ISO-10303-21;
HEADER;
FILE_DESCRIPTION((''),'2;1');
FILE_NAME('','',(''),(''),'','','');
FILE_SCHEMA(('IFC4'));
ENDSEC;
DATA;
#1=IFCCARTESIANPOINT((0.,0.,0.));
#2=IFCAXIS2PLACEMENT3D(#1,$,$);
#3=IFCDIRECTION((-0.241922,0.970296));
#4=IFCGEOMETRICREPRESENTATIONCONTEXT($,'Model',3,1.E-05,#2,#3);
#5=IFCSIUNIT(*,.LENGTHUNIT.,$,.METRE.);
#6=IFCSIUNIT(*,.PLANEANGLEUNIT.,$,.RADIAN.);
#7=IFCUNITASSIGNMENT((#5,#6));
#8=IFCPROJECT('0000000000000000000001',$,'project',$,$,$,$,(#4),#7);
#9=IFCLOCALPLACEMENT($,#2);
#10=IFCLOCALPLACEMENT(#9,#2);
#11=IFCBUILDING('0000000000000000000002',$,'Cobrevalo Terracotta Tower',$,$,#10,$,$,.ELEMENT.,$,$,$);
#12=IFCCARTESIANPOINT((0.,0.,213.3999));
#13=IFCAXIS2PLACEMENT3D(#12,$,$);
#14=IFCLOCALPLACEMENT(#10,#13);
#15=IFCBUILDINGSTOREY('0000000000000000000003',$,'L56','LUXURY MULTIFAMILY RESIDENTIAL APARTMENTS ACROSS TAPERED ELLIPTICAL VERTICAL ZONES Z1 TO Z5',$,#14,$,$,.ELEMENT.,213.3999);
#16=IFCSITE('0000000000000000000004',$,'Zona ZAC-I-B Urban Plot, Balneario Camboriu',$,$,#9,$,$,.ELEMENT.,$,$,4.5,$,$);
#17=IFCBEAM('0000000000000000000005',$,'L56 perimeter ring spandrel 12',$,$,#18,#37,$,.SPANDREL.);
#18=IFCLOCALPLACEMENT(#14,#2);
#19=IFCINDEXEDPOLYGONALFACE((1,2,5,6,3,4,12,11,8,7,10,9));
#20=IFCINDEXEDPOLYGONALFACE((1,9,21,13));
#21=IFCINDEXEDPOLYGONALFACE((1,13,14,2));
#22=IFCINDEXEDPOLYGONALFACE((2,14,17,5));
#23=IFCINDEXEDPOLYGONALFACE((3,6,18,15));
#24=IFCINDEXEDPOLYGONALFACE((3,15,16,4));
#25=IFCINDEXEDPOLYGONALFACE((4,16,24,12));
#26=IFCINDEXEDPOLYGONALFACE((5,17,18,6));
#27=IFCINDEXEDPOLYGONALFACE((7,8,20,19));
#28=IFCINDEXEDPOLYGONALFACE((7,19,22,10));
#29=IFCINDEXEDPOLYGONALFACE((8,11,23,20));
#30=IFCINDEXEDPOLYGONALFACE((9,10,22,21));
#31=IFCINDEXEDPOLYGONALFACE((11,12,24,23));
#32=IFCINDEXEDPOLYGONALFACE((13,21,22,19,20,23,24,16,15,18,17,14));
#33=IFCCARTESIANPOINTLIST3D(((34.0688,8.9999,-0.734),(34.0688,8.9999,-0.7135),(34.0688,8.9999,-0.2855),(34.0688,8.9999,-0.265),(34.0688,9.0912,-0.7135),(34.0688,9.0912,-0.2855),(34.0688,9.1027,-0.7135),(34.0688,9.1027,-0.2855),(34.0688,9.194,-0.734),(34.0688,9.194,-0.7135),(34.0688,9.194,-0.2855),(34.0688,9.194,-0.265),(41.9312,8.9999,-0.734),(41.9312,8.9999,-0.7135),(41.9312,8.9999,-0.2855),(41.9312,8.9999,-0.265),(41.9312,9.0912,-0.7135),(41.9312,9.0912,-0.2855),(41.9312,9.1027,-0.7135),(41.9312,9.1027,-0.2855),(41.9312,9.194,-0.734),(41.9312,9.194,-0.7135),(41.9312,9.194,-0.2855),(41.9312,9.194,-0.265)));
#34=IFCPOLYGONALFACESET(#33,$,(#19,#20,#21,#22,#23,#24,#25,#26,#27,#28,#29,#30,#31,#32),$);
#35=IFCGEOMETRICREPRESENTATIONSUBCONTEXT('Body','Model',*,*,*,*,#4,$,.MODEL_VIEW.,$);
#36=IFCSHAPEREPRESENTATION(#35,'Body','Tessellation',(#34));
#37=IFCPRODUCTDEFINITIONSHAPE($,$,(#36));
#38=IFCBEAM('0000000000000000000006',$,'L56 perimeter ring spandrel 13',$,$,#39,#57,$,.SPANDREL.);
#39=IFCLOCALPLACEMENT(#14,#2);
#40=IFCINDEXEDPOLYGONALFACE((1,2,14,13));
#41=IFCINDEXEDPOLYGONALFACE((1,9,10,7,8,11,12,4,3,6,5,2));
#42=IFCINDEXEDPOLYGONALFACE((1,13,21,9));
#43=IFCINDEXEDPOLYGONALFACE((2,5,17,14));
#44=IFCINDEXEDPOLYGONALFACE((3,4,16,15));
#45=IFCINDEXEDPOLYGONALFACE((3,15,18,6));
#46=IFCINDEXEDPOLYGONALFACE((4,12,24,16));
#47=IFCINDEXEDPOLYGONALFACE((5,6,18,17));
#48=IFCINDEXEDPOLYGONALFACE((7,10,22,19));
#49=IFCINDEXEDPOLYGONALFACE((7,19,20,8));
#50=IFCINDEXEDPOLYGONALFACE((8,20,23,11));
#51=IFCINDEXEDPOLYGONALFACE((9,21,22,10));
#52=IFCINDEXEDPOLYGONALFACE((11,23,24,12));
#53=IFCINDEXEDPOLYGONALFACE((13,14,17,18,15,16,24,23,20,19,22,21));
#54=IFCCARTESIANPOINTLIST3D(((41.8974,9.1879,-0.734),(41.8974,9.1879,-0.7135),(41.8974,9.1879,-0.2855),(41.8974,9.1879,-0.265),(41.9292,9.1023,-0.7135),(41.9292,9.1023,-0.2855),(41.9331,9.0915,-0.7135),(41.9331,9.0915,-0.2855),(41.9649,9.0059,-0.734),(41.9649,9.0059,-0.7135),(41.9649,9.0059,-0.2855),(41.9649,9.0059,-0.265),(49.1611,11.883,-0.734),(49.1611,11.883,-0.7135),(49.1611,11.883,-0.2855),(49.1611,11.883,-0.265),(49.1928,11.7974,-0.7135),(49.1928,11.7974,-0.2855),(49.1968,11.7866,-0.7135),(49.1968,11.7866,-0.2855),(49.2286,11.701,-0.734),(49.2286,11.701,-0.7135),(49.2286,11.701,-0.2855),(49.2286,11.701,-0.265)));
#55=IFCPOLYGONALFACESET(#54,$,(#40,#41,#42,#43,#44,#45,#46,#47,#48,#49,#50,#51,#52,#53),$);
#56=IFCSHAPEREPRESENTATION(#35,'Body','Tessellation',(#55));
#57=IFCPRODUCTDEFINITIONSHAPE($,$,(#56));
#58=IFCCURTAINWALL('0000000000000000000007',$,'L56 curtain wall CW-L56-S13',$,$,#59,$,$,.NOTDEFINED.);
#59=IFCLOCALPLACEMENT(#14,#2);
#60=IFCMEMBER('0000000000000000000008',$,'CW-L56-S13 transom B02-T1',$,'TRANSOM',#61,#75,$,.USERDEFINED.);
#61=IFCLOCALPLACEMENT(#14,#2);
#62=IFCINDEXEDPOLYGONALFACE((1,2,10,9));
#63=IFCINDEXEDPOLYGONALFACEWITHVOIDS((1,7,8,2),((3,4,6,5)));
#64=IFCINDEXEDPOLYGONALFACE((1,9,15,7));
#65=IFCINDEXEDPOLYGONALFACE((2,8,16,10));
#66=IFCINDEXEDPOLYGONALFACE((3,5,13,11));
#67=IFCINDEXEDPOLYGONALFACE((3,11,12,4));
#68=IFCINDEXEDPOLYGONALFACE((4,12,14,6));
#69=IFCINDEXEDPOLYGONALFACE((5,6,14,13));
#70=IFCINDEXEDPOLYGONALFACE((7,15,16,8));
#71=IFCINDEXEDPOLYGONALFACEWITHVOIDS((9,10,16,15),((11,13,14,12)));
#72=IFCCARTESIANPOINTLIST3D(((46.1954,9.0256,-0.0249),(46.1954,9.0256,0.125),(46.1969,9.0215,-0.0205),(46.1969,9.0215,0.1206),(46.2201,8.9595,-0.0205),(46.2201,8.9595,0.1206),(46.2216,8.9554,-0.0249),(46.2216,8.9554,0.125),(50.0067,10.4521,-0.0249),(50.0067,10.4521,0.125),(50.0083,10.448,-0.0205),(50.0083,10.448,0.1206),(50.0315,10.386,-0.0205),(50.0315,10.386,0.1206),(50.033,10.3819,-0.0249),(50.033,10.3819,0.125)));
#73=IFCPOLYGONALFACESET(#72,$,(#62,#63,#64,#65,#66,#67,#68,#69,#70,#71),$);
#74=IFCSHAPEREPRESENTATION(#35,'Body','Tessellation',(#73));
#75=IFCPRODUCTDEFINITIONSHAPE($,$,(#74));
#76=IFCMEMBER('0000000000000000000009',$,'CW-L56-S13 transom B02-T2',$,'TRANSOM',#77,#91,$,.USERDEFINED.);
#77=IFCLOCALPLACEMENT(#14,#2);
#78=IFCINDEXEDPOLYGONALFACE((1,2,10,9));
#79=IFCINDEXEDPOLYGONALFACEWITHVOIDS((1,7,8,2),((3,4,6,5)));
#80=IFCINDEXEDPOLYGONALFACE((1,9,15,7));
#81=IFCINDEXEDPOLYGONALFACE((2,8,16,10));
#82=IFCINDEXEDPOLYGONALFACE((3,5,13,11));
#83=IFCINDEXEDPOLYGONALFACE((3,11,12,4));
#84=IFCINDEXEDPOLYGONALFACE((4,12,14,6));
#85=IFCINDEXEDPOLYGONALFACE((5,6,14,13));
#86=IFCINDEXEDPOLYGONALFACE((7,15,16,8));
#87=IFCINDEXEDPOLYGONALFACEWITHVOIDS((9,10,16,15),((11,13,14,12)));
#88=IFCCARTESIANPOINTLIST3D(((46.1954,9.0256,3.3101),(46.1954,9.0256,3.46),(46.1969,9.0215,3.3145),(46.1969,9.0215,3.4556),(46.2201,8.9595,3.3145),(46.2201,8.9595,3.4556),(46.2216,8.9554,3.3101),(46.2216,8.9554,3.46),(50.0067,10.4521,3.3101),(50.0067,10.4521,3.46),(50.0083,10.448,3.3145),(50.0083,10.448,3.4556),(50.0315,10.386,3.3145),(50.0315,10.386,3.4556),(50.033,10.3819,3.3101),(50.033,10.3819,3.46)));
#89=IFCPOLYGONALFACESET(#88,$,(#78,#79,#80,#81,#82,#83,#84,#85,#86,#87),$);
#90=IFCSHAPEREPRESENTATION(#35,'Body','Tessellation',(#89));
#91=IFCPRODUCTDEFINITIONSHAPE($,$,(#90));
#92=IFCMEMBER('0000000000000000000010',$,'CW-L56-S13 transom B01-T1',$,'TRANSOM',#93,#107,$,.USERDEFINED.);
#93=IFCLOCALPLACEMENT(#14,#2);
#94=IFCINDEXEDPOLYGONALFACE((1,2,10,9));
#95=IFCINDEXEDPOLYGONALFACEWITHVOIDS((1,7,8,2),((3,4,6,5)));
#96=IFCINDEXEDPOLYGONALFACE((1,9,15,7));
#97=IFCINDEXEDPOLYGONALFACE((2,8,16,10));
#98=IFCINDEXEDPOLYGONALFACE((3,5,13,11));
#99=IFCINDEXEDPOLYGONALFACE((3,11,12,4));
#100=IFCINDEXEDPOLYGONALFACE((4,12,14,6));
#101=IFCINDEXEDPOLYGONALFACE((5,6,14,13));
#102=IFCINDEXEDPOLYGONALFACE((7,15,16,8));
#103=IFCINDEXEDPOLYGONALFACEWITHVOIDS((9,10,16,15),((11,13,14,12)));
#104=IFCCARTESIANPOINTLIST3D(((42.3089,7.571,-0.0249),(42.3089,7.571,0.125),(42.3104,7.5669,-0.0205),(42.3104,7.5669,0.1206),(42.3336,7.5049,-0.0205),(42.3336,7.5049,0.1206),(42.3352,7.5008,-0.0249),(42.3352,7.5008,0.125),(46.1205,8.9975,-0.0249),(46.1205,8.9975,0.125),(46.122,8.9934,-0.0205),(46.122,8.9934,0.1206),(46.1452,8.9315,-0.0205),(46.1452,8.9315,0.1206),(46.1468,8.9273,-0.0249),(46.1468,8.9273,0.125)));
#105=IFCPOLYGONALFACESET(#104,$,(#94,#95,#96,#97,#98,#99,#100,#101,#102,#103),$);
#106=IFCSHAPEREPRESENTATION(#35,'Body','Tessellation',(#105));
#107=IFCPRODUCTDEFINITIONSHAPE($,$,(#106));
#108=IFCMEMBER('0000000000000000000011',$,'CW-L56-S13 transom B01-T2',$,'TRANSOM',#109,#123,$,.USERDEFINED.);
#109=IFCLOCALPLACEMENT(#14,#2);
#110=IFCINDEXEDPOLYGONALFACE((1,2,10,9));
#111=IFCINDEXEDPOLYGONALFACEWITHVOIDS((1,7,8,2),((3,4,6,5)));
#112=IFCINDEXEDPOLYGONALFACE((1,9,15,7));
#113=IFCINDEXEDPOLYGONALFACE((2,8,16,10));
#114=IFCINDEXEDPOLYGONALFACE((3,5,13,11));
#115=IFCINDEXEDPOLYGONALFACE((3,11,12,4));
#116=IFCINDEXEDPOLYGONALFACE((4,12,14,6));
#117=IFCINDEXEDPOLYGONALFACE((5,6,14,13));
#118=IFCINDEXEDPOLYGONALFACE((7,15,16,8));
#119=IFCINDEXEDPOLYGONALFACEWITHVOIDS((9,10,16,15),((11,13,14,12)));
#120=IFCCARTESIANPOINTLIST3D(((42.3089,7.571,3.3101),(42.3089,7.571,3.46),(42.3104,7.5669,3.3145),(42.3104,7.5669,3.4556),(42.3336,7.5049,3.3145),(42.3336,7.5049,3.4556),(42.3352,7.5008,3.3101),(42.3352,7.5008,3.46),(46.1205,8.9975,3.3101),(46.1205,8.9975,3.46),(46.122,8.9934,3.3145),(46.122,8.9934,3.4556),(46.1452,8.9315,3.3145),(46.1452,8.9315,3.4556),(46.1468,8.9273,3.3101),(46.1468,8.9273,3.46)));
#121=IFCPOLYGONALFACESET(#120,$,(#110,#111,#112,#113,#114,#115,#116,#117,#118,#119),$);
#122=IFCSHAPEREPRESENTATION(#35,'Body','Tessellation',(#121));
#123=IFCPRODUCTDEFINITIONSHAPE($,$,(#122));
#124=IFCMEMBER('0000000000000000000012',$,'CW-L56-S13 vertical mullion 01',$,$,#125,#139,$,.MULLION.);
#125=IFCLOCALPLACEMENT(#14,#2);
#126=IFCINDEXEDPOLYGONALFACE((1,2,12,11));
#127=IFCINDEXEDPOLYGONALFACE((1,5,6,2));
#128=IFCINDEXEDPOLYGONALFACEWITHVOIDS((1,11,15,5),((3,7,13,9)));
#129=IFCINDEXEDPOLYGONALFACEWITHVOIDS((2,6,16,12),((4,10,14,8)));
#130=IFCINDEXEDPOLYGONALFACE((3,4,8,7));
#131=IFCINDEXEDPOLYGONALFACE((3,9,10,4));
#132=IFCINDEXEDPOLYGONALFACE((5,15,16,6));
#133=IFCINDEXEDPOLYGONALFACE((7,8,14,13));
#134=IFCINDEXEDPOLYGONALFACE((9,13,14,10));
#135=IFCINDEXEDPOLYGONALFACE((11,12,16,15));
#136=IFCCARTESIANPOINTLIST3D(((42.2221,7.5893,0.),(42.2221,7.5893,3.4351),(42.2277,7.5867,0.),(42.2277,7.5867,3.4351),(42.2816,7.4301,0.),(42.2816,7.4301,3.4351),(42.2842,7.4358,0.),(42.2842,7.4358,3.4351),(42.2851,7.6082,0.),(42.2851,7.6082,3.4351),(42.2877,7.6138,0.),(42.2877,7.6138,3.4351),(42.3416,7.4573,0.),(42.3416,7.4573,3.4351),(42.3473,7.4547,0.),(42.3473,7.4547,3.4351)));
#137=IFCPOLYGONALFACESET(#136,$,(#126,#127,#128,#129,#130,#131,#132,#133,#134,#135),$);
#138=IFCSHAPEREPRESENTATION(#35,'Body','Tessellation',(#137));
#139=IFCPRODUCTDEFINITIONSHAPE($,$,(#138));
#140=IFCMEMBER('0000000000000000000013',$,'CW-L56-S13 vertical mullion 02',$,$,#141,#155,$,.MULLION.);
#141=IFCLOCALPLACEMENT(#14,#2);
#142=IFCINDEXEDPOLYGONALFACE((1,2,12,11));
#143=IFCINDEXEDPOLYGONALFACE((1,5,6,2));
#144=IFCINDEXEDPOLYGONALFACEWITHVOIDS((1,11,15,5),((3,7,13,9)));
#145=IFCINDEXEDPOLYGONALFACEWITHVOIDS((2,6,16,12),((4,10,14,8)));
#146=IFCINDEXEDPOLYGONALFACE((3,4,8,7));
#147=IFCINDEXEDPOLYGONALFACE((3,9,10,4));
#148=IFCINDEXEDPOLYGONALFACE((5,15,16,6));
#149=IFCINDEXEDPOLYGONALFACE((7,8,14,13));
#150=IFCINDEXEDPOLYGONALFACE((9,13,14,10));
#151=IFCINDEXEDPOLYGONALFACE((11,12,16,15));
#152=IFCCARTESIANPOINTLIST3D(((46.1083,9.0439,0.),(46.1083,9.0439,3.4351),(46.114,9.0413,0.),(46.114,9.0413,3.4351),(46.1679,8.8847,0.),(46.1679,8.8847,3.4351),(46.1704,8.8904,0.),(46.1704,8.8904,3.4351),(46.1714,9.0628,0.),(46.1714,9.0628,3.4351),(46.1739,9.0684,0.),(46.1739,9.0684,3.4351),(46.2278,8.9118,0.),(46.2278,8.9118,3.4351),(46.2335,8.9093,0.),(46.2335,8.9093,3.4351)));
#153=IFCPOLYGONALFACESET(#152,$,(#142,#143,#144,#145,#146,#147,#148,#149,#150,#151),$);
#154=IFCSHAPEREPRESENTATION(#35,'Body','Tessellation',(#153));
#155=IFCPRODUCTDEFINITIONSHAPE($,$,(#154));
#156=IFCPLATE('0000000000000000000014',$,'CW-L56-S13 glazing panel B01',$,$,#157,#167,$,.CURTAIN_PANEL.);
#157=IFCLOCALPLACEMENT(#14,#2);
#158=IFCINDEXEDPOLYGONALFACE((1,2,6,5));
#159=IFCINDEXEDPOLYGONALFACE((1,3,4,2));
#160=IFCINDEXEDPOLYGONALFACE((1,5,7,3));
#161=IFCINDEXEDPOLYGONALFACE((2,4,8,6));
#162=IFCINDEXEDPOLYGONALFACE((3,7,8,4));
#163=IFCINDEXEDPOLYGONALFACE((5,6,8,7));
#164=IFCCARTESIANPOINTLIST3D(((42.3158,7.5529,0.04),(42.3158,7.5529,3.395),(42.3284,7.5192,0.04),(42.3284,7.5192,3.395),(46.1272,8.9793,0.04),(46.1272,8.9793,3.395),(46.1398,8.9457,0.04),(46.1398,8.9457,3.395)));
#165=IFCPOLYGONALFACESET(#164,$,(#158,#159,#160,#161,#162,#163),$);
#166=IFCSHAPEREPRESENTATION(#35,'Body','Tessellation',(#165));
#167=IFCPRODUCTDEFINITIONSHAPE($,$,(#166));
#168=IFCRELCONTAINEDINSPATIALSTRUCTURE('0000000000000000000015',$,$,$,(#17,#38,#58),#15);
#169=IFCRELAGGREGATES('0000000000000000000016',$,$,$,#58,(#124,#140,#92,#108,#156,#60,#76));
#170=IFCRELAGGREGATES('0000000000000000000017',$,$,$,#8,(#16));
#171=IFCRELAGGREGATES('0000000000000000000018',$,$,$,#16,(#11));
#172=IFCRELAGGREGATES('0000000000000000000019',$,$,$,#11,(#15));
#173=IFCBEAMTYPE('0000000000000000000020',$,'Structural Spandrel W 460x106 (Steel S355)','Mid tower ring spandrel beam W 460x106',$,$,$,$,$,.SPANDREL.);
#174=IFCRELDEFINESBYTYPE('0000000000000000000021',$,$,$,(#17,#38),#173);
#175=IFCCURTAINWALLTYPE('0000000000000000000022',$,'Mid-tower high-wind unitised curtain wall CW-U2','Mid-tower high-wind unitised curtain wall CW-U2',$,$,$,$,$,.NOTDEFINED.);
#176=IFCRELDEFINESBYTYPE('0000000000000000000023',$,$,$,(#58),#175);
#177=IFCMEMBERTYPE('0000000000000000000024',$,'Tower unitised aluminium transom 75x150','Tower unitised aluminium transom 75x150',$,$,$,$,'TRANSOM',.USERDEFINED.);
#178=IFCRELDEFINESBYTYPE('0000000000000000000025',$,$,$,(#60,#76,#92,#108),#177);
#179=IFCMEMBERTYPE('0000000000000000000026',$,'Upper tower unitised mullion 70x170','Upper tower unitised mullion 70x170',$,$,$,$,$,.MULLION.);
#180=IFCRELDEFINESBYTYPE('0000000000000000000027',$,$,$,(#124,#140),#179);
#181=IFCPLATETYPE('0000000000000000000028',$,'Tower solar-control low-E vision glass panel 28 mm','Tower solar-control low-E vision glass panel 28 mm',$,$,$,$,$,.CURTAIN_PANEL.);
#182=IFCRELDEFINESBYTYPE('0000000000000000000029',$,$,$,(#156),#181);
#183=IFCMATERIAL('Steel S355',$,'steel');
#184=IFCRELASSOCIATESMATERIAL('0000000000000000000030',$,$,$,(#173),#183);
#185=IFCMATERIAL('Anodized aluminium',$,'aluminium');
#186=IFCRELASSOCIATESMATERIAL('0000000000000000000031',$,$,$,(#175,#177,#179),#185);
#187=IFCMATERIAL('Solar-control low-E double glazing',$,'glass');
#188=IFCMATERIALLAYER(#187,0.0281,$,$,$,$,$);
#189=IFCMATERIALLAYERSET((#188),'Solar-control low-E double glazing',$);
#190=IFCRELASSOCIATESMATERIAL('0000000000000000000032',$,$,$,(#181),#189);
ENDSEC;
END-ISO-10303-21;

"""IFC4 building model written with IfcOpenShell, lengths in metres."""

from ifc_helpers import new_model, si_unit, direction, frame, origin, origin_2d, place, context, subcontext, project, spatial, rectangle, hollow_rectangle, i_section, extrude, source, transform, mapped, material, layer, layer_set, material_profile, profile_set, type_object, element, aggregate, save


model = new_model("IFC4")

# Units and contexts
model_context = context("Model", 3, precision=1e-05, world=origin(), true_north=direction((-0.241922, 0.970296)))
body_context = subcontext(model_context, "Body", "Model", "MODEL_VIEW")
ifc_project = project(units=[si_unit("LENGTHUNIT", "METRE"), si_unit("PLANEANGLEUNIT", "RADIAN")], contexts=[model_context])

# Site, building, storey
site_placement = place(None, origin())
site = spatial("IfcSite", under=ifc_project, at=site_placement, Name="Zona ZAC-I-B Urban Plot, Balneario Camboriu", CompositionType="ELEMENT", RefElevation=4.5)
building_placement = place(site_placement, origin())
building = spatial("IfcBuilding", under=site, at=building_placement, Name="Cobrevalo Terracotta Tower", CompositionType="ELEMENT")
storey_placement = place(building_placement, frame((0.0, 0.0, 213.3999)))
storey = spatial("IfcBuildingStorey", under=building, at=storey_placement, Name="L56", Description="LUXURY MULTIFAMILY RESIDENTIAL APARTMENTS ACROSS TAPERED ELLIPTICAL VERTICAL ZONES Z1 TO Z5", CompositionType="ELEMENT", Elevation=213.3999)

# Shared definitions
ifc_material_1 = material(Name="Steel S355", Category="steel")

# Beams
ifc_material_profile_1 = material_profile(ifc_material_1, i_section(OverallWidth=0.1941, OverallDepth=0.469, WebThickness=0.0115, FlangeThickness=0.0205, at=origin_2d()), Name="W 460x106")
ifc_profile_set_1 = profile_set([ifc_material_profile_1], Name="Steel S355")
beam_type_1 = type_object("IfcBeamType", Name="Structural Spandrel W 460x106 (Steel S355)", Description="Mid tower ring spandrel beam W 460x106", PredefinedType="SPANDREL", material=ifc_profile_set_1)
beam_1_placement = place(storey_placement, frame((34.0688, 9.0969, -0.4995), z_axis=(1.0, 0.0, 0.0), x_axis=(0.0, 1.0, 0.0)))
element("IfcBeam", 1, at=beam_1_placement, inside=storey, type_object=beam_type_1, Name="L56 perimeter ring spandrel 12", PredefinedType="SPANDREL", context=body_context, shape_type="SweptSolid", body=[
    extrude(i_section(OverallWidth=0.1941, OverallDepth=0.469, WebThickness=0.0115, FlangeThickness=0.0205, at=origin_2d()), origin(), (0.0, 0.0, 1.0), 7.8623),
])
beam_2_placement = place(storey_placement, frame((41.9312, 9.0969, -0.4995), z_axis=(0.937546, 0.347861, 0.0), x_axis=(-0.347861, 0.937546, 0.0)))
element("IfcBeam", 2, at=beam_2_placement, inside=storey, type_object=beam_type_1, Name="L56 perimeter ring spandrel 13", PredefinedType="SPANDREL", context=body_context, shape_type="SweptSolid", body=[
    extrude(i_section(OverallWidth=0.1941, OverallDepth=0.469, WebThickness=0.0115, FlangeThickness=0.0205, at=origin_2d()), origin(), (0.0, 0.0, 1.0), 7.7476),
])

# Curtain wall, members, plate
ifc_material_2 = material(Name="Anodized aluminium", Category="aluminium")
curtain_wall_type = type_object("IfcCurtainWallType", Name="Mid-tower high-wind unitised curtain wall CW-U2", Description="Mid-tower high-wind unitised curtain wall CW-U2", PredefinedType="NOTDEFINED", material=ifc_material_2)
curtain_wall_placement = place(storey_placement, origin())
curtain_wall = element("IfcCurtainWall", 3, at=curtain_wall_placement, inside=storey, type_object=curtain_wall_type, Name="L56 curtain wall CW-L56-S13", PredefinedType="NOTDEFINED")
ifc_material_profile_2 = material_profile(ifc_material_2, hollow_rectangle(XDim=0.075, YDim=0.1499, WallThickness=0.0044, at=origin_2d()), Name="CWT 75x150")
ifc_profile_set_2 = profile_set([ifc_material_profile_2], Name="Anodized aluminium")
member_type_1 = type_object("IfcMemberType", Name="Tower unitised aluminium transom 75x150", Description="Tower unitised aluminium transom 75x150", ElementType="TRANSOM", PredefinedType="USERDEFINED", material=ifc_profile_set_2)
shared_shape_1 = source(origin(), body_context, "Body", "SweptSolid", [
    extrude(hollow_rectangle(XDim=0.075, YDim=0.1499, WallThickness=0.0044, at=origin_2d()), origin(), (0.0, 0.0, 1.0), 4.0696),
])
member_1_placement = place(storey_placement, frame((46.2085, 8.9905, 0.05), z_axis=(0.936548, 0.350538, 0.0), x_axis=(-0.350538, 0.936548, 0.0)))
member_1 = element("IfcMember", 4, at=member_1_placement, type_object=member_type_1, Name="CW-L56-S13 transom B02-T1", ObjectType="TRANSOM", PredefinedType="USERDEFINED", context=body_context, shape_type="MappedRepresentation", body=[
    mapped(shared_shape_1, transform((0.0, 0.0, 0.0), scale=1.0)),
])
member_2_placement = place(storey_placement, frame((46.2085, 8.9905, 3.385), z_axis=(0.936548, 0.350538, 0.0), x_axis=(-0.350538, 0.936548, 0.0)))
member_2 = element("IfcMember", 5, at=member_2_placement, type_object=member_type_1, Name="CW-L56-S13 transom B02-T2", ObjectType="TRANSOM", PredefinedType="USERDEFINED", context=body_context, shape_type="MappedRepresentation", body=[
    mapped(shared_shape_1, transform((0.0, 0.0, 0.0), scale=1.0)),
])
shared_shape_2 = source(origin(), body_context, "Body", "SweptSolid", [
    extrude(hollow_rectangle(XDim=0.075, YDim=0.1499, WallThickness=0.0044, at=origin_2d()), origin(), (0.0, 0.0, 1.0), 4.0698),
])
member_3_placement = place(storey_placement, frame((42.322, 7.5359, 0.05), z_axis=(0.936556, 0.350519, 0.0), x_axis=(-0.350519, 0.936556, 0.0)))
member_3 = element("IfcMember", 6, at=member_3_placement, type_object=member_type_1, Name="CW-L56-S13 transom B01-T1", ObjectType="TRANSOM", PredefinedType="USERDEFINED", context=body_context, shape_type="MappedRepresentation", body=[
    mapped(shared_shape_2, transform((0.0, 0.0, 0.0), scale=1.0)),
])
member_4_placement = place(storey_placement, frame((42.322, 7.5359, 3.385), z_axis=(0.936556, 0.350519, 0.0), x_axis=(-0.350519, 0.936556, 0.0)))
member_4 = element("IfcMember", 7, at=member_4_placement, type_object=member_type_1, Name="CW-L56-S13 transom B01-T2", ObjectType="TRANSOM", PredefinedType="USERDEFINED", context=body_context, shape_type="MappedRepresentation", body=[
    mapped(shared_shape_2, transform((0.0, 0.0, 0.0), scale=1.0)),
])
ifc_material_profile_3 = material_profile(ifc_material_2, hollow_rectangle(XDim=0.0701, YDim=0.1699, WallThickness=0.0044, at=origin_2d()), Name="CWM 70x170")
ifc_profile_set_3 = profile_set([ifc_material_profile_3], Name="Anodized aluminium")
member_type_2 = type_object("IfcMemberType", Name="Upper tower unitised mullion 70x170", Description="Upper tower unitised mullion 70x170", PredefinedType="MULLION", material=ifc_profile_set_3)
shared_shape_3 = source(origin(), body_context, "Body", "SweptSolid", [
    extrude(hollow_rectangle(XDim=0.0701, YDim=0.1699, WallThickness=0.0044, at=origin_2d()), origin(), (0.0, 0.0, 1.0), 3.4351),
])
member_5_placement = place(storey_placement, frame((42.2847, 7.522, 0.0), z_axis=(0.0, 0.0, 1.0), x_axis=(0.936556, 0.350518, 0.0)))
member_5 = element("IfcMember", 8, at=member_5_placement, type_object=member_type_2, Name="CW-L56-S13 vertical mullion 01", PredefinedType="MULLION", context=body_context, shape_type="MappedRepresentation", body=[
    mapped(shared_shape_3, transform((0.0, 0.0, 0.0), scale=1.0)),
])
member_6_placement = place(storey_placement, frame((46.1709, 8.9766, 0.0), z_axis=(0.0, 0.0, 1.0), x_axis=(0.936556, 0.350518, 0.0)))
member_6 = element("IfcMember", 9, at=member_6_placement, type_object=member_type_2, Name="CW-L56-S13 vertical mullion 02", PredefinedType="MULLION", context=body_context, shape_type="MappedRepresentation", body=[
    mapped(shared_shape_3, transform((0.0, 0.0, 0.0), scale=1.0)),
])
ifc_material_3 = material(Name="Solar-control low-E double glazing", Category="glass")
ifc_layer_1 = layer(ifc_material_3, 0.0281)
ifc_layer_set_1 = layer_set([ifc_layer_1], Name="Solar-control low-E double glazing")
plate_type = type_object("IfcPlateType", Name="Tower solar-control low-E vision glass panel 28 mm", Description="Tower solar-control low-E vision glass panel 28 mm", PredefinedType="CURTAIN_PANEL", material=ifc_layer_set_1)
shared_shape_4 = source(origin(), body_context, "Body", "SweptSolid", [
    extrude(rectangle(XDim=4.0696, YDim=0.0359, at=origin_2d()), origin(), (0.0, 0.0, 1.0), 3.355),
])
plate_placement = place(storey_placement, frame((44.2278, 8.2493, 0.04), z_axis=(0.0, 0.0, 1.0), x_axis=(0.936558, 0.350513, 0.0)))
plate = element("IfcPlate", 10, at=plate_placement, type_object=plate_type, Name="CW-L56-S13 glazing panel B01", PredefinedType="CURTAIN_PANEL", context=body_context, shape_type="MappedRepresentation", body=[
    mapped(shared_shape_4, transform((0.0, 0.0, 0.0), scale=1.0)),
])
aggregate(curtain_wall, [member_5, member_6, member_3, member_4, plate, member_1, member_2])

save(model, "model.ifc")
